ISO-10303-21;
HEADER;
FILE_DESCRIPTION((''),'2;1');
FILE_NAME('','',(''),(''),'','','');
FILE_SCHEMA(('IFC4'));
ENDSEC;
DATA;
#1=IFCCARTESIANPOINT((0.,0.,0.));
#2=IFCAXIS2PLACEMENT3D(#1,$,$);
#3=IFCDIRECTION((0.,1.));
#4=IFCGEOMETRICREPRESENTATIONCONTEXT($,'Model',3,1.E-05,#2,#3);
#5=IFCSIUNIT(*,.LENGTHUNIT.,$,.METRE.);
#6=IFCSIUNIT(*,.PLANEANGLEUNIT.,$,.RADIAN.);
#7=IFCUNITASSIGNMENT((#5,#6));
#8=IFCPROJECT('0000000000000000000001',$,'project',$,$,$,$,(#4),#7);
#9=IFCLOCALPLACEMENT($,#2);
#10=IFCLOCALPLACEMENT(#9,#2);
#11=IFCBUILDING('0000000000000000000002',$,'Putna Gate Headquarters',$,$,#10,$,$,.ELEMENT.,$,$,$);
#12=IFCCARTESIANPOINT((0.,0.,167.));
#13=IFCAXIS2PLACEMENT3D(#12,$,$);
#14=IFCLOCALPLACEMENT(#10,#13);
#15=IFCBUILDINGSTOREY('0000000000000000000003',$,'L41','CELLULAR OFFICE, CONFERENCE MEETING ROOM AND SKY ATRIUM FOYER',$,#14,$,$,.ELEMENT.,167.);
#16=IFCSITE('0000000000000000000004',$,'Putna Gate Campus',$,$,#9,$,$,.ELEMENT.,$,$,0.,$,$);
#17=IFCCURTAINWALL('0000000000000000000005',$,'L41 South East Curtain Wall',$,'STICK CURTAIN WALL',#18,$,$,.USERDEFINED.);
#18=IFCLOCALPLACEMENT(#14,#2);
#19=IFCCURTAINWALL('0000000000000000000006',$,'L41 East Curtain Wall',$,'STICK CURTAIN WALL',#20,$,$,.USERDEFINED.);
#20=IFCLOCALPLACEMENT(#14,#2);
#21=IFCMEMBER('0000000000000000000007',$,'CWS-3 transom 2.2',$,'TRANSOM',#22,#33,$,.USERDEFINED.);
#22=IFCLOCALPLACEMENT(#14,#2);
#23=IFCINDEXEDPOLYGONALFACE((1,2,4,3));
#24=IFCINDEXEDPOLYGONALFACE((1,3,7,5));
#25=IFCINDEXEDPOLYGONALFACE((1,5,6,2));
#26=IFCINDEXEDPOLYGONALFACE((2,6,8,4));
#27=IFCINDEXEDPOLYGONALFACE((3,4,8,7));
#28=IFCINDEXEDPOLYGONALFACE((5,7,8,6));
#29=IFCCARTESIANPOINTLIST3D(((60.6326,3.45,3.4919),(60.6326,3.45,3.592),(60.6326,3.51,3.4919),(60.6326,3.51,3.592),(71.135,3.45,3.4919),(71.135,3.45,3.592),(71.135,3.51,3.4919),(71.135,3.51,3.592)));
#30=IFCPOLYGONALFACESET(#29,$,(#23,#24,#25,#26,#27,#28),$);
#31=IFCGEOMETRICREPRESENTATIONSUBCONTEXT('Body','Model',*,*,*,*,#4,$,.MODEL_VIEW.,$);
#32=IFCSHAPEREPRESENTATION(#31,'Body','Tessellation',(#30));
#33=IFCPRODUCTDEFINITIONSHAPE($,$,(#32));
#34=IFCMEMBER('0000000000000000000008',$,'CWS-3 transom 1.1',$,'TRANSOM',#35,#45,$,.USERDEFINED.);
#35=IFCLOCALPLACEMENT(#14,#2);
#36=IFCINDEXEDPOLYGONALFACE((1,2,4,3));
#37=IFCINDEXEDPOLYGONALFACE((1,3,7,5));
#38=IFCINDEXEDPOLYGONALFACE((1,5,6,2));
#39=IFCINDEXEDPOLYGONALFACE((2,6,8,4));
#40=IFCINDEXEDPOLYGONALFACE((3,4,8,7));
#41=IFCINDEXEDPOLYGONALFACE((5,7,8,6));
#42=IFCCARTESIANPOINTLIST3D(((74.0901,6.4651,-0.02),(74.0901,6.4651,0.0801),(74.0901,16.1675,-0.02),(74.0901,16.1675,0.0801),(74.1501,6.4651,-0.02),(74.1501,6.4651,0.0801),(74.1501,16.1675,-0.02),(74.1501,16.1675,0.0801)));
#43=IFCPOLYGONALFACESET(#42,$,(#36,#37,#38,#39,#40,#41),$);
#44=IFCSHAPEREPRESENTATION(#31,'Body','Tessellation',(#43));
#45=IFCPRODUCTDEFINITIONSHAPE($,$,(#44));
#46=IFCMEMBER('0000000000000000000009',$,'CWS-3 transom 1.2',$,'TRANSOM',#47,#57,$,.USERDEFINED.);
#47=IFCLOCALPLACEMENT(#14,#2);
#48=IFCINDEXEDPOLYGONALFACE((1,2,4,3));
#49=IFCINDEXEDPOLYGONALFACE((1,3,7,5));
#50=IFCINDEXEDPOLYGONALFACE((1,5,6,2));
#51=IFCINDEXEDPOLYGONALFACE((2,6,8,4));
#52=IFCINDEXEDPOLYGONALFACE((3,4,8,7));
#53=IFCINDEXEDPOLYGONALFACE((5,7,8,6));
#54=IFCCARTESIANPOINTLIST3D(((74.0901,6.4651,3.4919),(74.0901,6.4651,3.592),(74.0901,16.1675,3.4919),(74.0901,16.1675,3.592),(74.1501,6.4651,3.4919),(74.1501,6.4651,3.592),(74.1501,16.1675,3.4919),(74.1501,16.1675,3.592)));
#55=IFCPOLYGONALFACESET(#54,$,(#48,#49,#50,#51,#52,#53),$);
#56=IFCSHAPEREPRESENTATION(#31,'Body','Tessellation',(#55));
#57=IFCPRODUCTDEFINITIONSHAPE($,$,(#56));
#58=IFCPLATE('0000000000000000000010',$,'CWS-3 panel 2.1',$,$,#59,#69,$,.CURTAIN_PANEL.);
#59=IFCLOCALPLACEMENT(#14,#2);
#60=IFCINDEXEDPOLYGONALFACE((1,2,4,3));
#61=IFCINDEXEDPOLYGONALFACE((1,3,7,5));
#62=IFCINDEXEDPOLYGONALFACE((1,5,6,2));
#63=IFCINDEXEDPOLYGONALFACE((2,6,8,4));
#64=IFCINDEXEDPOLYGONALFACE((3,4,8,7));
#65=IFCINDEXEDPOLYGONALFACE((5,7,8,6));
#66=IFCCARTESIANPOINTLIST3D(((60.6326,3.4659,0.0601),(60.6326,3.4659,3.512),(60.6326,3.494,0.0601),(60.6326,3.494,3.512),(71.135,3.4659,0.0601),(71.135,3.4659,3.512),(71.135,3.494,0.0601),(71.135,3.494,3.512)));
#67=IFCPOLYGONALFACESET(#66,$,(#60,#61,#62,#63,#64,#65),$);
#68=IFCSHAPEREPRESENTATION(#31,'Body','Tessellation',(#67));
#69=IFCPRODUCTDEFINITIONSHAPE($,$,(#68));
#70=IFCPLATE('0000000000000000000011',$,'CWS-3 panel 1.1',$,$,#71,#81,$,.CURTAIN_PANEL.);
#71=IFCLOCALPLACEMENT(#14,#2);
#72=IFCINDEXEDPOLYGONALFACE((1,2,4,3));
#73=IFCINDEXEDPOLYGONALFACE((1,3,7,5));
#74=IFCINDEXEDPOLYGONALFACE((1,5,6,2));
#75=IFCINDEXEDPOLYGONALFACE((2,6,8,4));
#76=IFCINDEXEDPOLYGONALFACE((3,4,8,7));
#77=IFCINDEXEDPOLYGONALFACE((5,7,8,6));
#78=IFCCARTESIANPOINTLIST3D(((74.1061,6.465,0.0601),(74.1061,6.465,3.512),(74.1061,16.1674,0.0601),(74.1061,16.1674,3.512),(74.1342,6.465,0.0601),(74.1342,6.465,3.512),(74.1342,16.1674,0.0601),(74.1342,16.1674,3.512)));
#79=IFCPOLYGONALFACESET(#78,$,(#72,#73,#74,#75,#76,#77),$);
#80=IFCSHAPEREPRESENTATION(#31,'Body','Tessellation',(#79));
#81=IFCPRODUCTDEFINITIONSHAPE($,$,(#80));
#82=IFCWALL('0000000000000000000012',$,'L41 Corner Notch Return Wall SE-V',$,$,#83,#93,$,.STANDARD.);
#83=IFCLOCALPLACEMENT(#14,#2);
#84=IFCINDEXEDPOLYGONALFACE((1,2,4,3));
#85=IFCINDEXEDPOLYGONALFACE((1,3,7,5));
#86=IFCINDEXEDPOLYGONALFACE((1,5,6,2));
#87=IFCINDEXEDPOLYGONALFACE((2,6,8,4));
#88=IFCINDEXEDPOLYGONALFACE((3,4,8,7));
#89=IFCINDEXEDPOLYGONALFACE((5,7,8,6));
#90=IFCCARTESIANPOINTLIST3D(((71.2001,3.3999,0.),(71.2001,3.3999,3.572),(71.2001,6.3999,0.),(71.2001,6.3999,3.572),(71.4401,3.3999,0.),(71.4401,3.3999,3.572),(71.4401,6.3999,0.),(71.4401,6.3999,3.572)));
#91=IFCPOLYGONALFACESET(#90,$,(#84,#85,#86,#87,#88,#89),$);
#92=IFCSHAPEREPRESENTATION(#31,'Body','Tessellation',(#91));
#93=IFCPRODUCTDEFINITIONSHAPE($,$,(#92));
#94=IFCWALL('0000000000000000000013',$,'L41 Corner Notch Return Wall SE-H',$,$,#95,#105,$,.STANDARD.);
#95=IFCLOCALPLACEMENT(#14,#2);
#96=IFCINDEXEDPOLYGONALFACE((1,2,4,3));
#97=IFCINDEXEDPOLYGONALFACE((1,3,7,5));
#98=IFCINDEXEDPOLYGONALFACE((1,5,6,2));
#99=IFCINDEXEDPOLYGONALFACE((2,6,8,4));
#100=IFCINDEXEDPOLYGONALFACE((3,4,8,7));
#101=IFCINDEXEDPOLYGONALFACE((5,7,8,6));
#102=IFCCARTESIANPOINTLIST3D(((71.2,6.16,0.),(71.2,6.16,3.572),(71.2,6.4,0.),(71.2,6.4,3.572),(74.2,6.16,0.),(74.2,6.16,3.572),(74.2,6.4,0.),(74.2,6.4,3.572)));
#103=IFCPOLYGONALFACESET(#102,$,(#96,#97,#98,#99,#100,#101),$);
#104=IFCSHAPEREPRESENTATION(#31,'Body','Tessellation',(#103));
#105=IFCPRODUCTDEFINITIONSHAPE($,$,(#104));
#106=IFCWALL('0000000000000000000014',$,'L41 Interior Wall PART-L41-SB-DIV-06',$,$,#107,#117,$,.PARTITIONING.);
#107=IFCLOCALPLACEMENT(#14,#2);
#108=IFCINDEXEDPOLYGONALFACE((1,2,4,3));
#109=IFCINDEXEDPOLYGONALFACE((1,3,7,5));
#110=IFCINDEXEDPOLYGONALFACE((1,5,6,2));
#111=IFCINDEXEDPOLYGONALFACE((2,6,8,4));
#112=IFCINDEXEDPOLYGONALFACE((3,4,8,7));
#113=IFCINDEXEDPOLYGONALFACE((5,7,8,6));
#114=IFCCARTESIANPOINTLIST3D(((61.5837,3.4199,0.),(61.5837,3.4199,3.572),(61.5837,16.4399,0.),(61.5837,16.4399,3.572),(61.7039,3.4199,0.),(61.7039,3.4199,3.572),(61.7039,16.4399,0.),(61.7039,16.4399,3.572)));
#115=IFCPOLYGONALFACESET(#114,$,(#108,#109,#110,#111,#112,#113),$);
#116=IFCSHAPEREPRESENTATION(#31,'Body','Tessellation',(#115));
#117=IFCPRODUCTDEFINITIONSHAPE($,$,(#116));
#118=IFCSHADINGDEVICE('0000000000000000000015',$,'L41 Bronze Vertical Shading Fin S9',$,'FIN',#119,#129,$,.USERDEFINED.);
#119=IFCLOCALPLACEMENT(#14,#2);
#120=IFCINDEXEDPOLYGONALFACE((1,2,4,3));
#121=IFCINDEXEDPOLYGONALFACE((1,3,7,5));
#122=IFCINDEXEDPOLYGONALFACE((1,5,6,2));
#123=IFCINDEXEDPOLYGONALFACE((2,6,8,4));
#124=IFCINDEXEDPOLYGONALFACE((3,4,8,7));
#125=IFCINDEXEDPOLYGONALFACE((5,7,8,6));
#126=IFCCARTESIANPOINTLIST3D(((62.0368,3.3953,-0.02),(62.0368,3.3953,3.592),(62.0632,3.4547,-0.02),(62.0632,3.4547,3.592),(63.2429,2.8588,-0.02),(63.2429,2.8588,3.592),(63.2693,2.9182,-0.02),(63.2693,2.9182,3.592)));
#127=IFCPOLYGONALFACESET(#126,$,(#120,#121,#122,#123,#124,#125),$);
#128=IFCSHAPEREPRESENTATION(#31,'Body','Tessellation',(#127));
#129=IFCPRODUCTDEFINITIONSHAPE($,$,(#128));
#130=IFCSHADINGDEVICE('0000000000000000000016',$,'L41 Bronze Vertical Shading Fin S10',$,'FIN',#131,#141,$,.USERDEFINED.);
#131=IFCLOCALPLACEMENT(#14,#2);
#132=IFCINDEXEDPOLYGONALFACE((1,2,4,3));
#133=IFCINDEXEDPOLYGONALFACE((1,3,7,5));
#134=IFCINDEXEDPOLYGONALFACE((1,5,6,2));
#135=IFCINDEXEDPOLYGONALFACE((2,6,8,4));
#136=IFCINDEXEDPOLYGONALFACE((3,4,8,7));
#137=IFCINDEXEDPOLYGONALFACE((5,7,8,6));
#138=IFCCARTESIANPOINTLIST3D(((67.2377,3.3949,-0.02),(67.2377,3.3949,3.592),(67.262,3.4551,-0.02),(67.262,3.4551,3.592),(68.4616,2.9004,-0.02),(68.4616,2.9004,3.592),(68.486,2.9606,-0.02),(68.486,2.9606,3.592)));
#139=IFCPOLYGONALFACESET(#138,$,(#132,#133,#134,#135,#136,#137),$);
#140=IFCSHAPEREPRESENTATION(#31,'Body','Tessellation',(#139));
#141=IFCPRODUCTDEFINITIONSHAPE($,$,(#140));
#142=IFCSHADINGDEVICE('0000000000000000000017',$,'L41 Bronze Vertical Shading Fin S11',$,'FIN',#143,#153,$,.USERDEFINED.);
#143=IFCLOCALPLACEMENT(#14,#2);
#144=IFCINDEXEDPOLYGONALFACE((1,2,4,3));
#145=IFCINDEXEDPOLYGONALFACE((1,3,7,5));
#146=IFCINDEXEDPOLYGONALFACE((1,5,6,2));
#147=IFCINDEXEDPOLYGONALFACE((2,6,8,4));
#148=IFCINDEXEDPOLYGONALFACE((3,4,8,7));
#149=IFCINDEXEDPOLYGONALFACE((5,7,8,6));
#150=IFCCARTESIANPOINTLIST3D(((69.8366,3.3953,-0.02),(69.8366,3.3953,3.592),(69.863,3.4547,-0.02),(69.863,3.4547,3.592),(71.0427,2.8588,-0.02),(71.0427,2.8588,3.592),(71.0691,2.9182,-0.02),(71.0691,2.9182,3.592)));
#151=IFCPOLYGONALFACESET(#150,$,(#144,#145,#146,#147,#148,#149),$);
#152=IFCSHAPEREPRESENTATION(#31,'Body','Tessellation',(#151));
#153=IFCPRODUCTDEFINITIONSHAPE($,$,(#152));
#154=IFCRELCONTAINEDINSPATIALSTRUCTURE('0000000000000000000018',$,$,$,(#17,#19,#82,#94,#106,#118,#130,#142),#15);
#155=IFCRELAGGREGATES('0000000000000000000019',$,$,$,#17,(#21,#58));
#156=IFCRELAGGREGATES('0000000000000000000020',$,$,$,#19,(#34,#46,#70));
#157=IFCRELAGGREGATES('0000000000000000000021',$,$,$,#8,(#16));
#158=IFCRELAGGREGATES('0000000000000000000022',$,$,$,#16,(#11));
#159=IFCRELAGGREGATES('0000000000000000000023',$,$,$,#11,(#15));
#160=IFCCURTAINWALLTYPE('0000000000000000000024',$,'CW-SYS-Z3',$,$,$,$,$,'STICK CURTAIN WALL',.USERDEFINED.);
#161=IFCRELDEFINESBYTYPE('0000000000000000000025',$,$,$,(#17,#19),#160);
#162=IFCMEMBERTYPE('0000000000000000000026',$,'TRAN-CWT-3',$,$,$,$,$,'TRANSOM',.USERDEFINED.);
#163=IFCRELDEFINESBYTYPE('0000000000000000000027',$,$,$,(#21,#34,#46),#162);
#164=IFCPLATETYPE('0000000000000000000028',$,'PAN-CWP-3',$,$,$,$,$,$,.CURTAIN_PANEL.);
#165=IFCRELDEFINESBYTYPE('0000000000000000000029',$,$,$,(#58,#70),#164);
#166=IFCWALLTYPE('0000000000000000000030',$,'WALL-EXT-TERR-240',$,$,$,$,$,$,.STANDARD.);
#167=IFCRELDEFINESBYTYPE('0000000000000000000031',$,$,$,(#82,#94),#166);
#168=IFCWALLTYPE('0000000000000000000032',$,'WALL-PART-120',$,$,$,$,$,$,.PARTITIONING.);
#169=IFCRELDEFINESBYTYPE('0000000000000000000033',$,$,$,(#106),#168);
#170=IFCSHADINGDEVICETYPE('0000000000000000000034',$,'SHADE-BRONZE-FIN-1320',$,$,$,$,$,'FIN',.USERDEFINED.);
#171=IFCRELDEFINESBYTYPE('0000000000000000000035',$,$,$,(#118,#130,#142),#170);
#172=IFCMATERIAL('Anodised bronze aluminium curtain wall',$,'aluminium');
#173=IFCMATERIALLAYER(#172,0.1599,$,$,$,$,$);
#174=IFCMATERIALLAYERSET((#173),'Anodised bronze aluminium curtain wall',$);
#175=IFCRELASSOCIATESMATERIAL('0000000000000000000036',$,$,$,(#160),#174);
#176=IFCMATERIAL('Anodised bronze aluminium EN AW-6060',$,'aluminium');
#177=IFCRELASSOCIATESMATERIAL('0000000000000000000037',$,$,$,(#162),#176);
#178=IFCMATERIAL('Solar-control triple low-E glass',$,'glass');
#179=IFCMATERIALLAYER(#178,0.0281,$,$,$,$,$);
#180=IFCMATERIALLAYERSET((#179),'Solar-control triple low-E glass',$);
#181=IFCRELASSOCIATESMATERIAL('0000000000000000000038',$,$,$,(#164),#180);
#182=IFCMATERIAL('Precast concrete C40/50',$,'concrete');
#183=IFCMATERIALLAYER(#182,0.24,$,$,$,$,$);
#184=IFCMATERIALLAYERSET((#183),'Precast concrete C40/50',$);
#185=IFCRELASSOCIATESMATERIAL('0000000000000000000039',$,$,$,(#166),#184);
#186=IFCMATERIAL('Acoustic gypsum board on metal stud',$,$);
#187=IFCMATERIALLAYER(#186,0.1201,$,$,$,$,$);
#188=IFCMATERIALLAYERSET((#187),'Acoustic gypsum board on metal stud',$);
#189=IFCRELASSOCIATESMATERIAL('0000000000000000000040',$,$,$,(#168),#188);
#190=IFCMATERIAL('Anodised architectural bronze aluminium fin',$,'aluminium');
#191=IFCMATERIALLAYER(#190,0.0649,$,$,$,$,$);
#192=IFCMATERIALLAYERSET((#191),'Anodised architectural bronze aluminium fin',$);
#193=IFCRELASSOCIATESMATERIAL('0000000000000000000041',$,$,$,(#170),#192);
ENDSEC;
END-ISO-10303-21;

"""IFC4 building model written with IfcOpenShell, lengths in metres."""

from ifc_helpers import new_model, si_unit, direction, frame, frame_2d, origin, origin_2d, place, context, subcontext, project, spatial, rectangle, extrude, material, layer, layer_set, material_profile, profile_set, type_object, element, aggregate, save


model = new_model("IFC4")

# Units and contexts
model_context = context("Model", 3, precision=1e-05, world=origin(), true_north=direction((0.0, 1.0)))
body_context = subcontext(model_context, "Body", "Model", "MODEL_VIEW")
ifc_project = project(units=[si_unit("LENGTHUNIT", "METRE"), si_unit("PLANEANGLEUNIT", "RADIAN")], contexts=[model_context])

# Site, building, storey
site_placement = place(None, origin())
site = spatial("IfcSite", under=ifc_project, at=site_placement, Name="Putna Gate Campus", CompositionType="ELEMENT", RefElevation=0.0)
building_placement = place(site_placement, origin())
building = spatial("IfcBuilding", under=site, at=building_placement, Name="Putna Gate Headquarters", CompositionType="ELEMENT")
storey_placement = place(building_placement, frame((0.0, 0.0, 167.0)))
storey = spatial("IfcBuildingStorey", under=building, at=storey_placement, Name="L41", Description="CELLULAR OFFICE, CONFERENCE MEETING ROOM AND SKY ATRIUM FOYER", CompositionType="ELEMENT", Elevation=167.0)

# Curtain wall
ifc_material_1 = material(Name="Anodised bronze aluminium curtain wall", Category="aluminium")
ifc_layer_1 = layer(ifc_material_1, 0.1599)
ifc_layer_set_1 = layer_set([ifc_layer_1], Name="Anodised bronze aluminium curtain wall")
curtain_wall_type = type_object("IfcCurtainWallType", Name="CW-SYS-Z3", ElementType="STICK CURTAIN WALL", PredefinedType="USERDEFINED", material=ifc_layer_set_1)
curtain_wall_1_placement = place(storey_placement, origin())
curtain_wall_1 = element("IfcCurtainWall", 1, at=curtain_wall_1_placement, inside=storey, type_object=curtain_wall_type, Name="L41 South East Curtain Wall", ObjectType="STICK CURTAIN WALL", PredefinedType="USERDEFINED")
ifc_material_2 = material(Name="Anodised bronze aluminium EN AW-6060", Category="aluminium")

# Curtain wall
curtain_wall_2_placement = place(storey_placement, origin())
curtain_wall_2 = element("IfcCurtainWall", 2, at=curtain_wall_2_placement, inside=storey, type_object=curtain_wall_type, Name="L41 East Curtain Wall", ObjectType="STICK CURTAIN WALL", PredefinedType="USERDEFINED")

# Members
ifc_material_profile_1 = material_profile(ifc_material_2, rectangle(XDim=0.0601, YDim=0.1001, at=origin_2d()), Name="Anodised bronze aluminium EN AW-6060")
ifc_profile_set_1 = profile_set([ifc_material_profile_1], Name="Anodised bronze aluminium EN AW-6060")
member_type_1 = type_object("IfcMemberType", Name="TRAN-CWT-3", ElementType="TRANSOM", PredefinedType="USERDEFINED", material=ifc_profile_set_1)
member_1_placement = place(storey_placement, frame((60.6326, 3.48, 3.542), z_axis=(1.0, 0.0, 0.0), x_axis=(0.0, 1.0, 0.0)))
member_1 = element("IfcMember", 3, at=member_1_placement, type_object=member_type_1, Name="CWS-3 transom 2.2", ObjectType="TRANSOM", PredefinedType="USERDEFINED", context=body_context, shape_type="SweptSolid", body=[
    extrude(rectangle(XDim=0.0601, YDim=0.1001, at=origin_2d()), origin(), (0.0, 0.0, 1.0), 10.5024),
])
member_2_placement = place(storey_placement, frame((74.1201, 6.4651, 0.03), z_axis=(0.0, 1.0, 0.0), x_axis=(-1.0, 0.0, 0.0)))
member_2 = element("IfcMember", 4, at=member_2_placement, type_object=member_type_1, Name="CWS-3 transom 1.1", ObjectType="TRANSOM", PredefinedType="USERDEFINED", context=body_context, shape_type="SweptSolid", body=[
    extrude(rectangle(XDim=0.0601, YDim=0.1001, at=origin_2d()), origin(), (0.0, 0.0, 1.0), 9.7024),
])
member_3_placement = place(storey_placement, frame((74.1201, 6.4651, 3.542), z_axis=(0.0, 1.0, 0.0), x_axis=(-1.0, 0.0, 0.0)))
member_3 = element("IfcMember", 5, at=member_3_placement, type_object=member_type_1, Name="CWS-3 transom 1.2", ObjectType="TRANSOM", PredefinedType="USERDEFINED", context=body_context, shape_type="SweptSolid", body=[
    extrude(rectangle(XDim=0.0601, YDim=0.1001, at=origin_2d()), origin(), (0.0, 0.0, 1.0), 9.7024),
])

# Plates
ifc_material_3 = material(Name="Solar-control triple low-E glass", Category="glass")
ifc_layer_2 = layer(ifc_material_3, 0.0281)
ifc_layer_set_2 = layer_set([ifc_layer_2], Name="Solar-control triple low-E glass")
plate_type = type_object("IfcPlateType", Name="PAN-CWP-3", PredefinedType="CURTAIN_PANEL", material=ifc_layer_set_2)
plate_1_placement = place(storey_placement, frame((65.8838, 3.48, 0.0601), z_axis=(0.0, 0.0, 1.0), x_axis=(1.0, 0.0, 0.0)))
plate_1 = element("IfcPlate", 6, at=plate_1_placement, type_object=plate_type, Name="CWS-3 panel 2.1", PredefinedType="CURTAIN_PANEL", context=body_context, shape_type="SweptSolid", body=[
    extrude(rectangle(XDim=10.5024, YDim=0.0281, at=origin_2d()), origin(), (0.0, 0.0, 1.0), 3.4519),
])
aggregate(curtain_wall_1, [member_1, plate_1])
plate_2_placement = place(storey_placement, frame((74.1201, 11.3162, 0.0601), z_axis=(0.0, 0.0, 1.0), x_axis=(0.0, 1.0, 0.0)))
plate_2 = element("IfcPlate", 7, at=plate_2_placement, type_object=plate_type, Name="CWS-3 panel 1.1", PredefinedType="CURTAIN_PANEL", context=body_context, shape_type="SweptSolid", body=[
    extrude(rectangle(XDim=9.7024, YDim=0.0281, at=origin_2d()), origin(), (0.0, 0.0, 1.0), 3.4519),
])
aggregate(curtain_wall_2, [member_2, member_3, plate_2])

# Walls
ifc_material_4 = material(Name="Precast concrete C40/50", Category="concrete")
ifc_layer_3 = layer(ifc_material_4, 0.24)
ifc_layer_set_3 = layer_set([ifc_layer_3], Name="Precast concrete C40/50")
wall_type_1 = type_object("IfcWallType", Name="WALL-EXT-TERR-240", PredefinedType="STANDARD", material=ifc_layer_set_3)
for number, where, z_axis, x_axis, name in (
    (8, (71.3201, 6.3999, 0.0), (0.0, 0.0, 1.0), (0.0, -1.0, 0.0), "L41 Corner Notch Return Wall SE-V"),
    (9, (74.2, 6.28, 0.0), (0.0, 0.0, 1.0), (-1.0, 0.0, 0.0), "L41 Corner Notch Return Wall SE-H"),
):
    element("IfcWall", number, at=place(storey_placement, frame(where, z_axis=z_axis, x_axis=x_axis)), inside=storey, type_object=wall_type_1, Name=name, PredefinedType="STANDARD", context=body_context, shape_type="SweptSolid", body=[
        extrude(rectangle(XDim=3.0, YDim=0.24, at=frame_2d((1.5, 0.0))), origin(), (0.0, 0.0, 1.0), 3.572),
    ])
ifc_material_5 = material(Name="Acoustic gypsum board on metal stud")
ifc_layer_4 = layer(ifc_material_5, 0.1201)
ifc_layer_set_4 = layer_set([ifc_layer_4], Name="Acoustic gypsum board on metal stud")
wall_type_2 = type_object("IfcWallType", Name="WALL-PART-120", PredefinedType="PARTITIONING", material=ifc_layer_set_4)
wall_placement = place(storey_placement, frame((61.6438, 3.4199, 0.0), z_axis=(0.0, 0.0, 1.0), x_axis=(0.0, 1.0, 0.0)))
element("IfcWall", 10, at=wall_placement, inside=storey, type_object=wall_type_2, Name="L41 Interior Wall PART-L41-SB-DIV-06", PredefinedType="PARTITIONING", context=body_context, shape_type="SweptSolid", body=[
    extrude(rectangle(XDim=13.02, YDim=0.1201, at=frame_2d((6.51, 0.0))), origin(), (0.0, 0.0, 1.0), 3.572),
])

# Shading devices
ifc_material_6 = material(Name="Anodised architectural bronze aluminium fin", Category="aluminium")
ifc_layer_5 = layer(ifc_material_6, 0.0649)
ifc_layer_set_5 = layer_set([ifc_layer_5], Name="Anodised architectural bronze aluminium fin")
shading_device_type = type_object("IfcShadingDeviceType", Name="SHADE-BRONZE-FIN-1320", ElementType="FIN", PredefinedType="USERDEFINED", material=ifc_layer_set_5)
for number, where, z_axis, x_axis, name in (
    (11, (62.6531, 3.1567, -0.02), (0.0, 0.0, 1.0), (0.913687, -0.406418, 0.0), "L41 Bronze Vertical Shading Fin S9"),
    (12, (67.8618, 3.1777, -0.02), (0.0, 0.0, 1.0), (0.927184, -0.374607, 0.0), "L41 Bronze Vertical Shading Fin S10"),
    (13, (70.4529, 3.1567, -0.02), (0.0, 0.0, 1.0), (0.913687, -0.406418, 0.0), "L41 Bronze Vertical Shading Fin S11"),
):
    element("IfcShadingDevice", number, at=place(storey_placement, frame(where, z_axis=z_axis, x_axis=x_axis)), inside=storey, type_object=shading_device_type, Name=name, ObjectType="FIN", PredefinedType="USERDEFINED", context=body_context, shape_type="SweptSolid", body=[
        extrude(rectangle(XDim=1.3201, YDim=0.0649, at=origin_2d()), origin(), (0.0, 0.0, 1.0), 3.6121),
    ])

save(model, "model.ifc")
